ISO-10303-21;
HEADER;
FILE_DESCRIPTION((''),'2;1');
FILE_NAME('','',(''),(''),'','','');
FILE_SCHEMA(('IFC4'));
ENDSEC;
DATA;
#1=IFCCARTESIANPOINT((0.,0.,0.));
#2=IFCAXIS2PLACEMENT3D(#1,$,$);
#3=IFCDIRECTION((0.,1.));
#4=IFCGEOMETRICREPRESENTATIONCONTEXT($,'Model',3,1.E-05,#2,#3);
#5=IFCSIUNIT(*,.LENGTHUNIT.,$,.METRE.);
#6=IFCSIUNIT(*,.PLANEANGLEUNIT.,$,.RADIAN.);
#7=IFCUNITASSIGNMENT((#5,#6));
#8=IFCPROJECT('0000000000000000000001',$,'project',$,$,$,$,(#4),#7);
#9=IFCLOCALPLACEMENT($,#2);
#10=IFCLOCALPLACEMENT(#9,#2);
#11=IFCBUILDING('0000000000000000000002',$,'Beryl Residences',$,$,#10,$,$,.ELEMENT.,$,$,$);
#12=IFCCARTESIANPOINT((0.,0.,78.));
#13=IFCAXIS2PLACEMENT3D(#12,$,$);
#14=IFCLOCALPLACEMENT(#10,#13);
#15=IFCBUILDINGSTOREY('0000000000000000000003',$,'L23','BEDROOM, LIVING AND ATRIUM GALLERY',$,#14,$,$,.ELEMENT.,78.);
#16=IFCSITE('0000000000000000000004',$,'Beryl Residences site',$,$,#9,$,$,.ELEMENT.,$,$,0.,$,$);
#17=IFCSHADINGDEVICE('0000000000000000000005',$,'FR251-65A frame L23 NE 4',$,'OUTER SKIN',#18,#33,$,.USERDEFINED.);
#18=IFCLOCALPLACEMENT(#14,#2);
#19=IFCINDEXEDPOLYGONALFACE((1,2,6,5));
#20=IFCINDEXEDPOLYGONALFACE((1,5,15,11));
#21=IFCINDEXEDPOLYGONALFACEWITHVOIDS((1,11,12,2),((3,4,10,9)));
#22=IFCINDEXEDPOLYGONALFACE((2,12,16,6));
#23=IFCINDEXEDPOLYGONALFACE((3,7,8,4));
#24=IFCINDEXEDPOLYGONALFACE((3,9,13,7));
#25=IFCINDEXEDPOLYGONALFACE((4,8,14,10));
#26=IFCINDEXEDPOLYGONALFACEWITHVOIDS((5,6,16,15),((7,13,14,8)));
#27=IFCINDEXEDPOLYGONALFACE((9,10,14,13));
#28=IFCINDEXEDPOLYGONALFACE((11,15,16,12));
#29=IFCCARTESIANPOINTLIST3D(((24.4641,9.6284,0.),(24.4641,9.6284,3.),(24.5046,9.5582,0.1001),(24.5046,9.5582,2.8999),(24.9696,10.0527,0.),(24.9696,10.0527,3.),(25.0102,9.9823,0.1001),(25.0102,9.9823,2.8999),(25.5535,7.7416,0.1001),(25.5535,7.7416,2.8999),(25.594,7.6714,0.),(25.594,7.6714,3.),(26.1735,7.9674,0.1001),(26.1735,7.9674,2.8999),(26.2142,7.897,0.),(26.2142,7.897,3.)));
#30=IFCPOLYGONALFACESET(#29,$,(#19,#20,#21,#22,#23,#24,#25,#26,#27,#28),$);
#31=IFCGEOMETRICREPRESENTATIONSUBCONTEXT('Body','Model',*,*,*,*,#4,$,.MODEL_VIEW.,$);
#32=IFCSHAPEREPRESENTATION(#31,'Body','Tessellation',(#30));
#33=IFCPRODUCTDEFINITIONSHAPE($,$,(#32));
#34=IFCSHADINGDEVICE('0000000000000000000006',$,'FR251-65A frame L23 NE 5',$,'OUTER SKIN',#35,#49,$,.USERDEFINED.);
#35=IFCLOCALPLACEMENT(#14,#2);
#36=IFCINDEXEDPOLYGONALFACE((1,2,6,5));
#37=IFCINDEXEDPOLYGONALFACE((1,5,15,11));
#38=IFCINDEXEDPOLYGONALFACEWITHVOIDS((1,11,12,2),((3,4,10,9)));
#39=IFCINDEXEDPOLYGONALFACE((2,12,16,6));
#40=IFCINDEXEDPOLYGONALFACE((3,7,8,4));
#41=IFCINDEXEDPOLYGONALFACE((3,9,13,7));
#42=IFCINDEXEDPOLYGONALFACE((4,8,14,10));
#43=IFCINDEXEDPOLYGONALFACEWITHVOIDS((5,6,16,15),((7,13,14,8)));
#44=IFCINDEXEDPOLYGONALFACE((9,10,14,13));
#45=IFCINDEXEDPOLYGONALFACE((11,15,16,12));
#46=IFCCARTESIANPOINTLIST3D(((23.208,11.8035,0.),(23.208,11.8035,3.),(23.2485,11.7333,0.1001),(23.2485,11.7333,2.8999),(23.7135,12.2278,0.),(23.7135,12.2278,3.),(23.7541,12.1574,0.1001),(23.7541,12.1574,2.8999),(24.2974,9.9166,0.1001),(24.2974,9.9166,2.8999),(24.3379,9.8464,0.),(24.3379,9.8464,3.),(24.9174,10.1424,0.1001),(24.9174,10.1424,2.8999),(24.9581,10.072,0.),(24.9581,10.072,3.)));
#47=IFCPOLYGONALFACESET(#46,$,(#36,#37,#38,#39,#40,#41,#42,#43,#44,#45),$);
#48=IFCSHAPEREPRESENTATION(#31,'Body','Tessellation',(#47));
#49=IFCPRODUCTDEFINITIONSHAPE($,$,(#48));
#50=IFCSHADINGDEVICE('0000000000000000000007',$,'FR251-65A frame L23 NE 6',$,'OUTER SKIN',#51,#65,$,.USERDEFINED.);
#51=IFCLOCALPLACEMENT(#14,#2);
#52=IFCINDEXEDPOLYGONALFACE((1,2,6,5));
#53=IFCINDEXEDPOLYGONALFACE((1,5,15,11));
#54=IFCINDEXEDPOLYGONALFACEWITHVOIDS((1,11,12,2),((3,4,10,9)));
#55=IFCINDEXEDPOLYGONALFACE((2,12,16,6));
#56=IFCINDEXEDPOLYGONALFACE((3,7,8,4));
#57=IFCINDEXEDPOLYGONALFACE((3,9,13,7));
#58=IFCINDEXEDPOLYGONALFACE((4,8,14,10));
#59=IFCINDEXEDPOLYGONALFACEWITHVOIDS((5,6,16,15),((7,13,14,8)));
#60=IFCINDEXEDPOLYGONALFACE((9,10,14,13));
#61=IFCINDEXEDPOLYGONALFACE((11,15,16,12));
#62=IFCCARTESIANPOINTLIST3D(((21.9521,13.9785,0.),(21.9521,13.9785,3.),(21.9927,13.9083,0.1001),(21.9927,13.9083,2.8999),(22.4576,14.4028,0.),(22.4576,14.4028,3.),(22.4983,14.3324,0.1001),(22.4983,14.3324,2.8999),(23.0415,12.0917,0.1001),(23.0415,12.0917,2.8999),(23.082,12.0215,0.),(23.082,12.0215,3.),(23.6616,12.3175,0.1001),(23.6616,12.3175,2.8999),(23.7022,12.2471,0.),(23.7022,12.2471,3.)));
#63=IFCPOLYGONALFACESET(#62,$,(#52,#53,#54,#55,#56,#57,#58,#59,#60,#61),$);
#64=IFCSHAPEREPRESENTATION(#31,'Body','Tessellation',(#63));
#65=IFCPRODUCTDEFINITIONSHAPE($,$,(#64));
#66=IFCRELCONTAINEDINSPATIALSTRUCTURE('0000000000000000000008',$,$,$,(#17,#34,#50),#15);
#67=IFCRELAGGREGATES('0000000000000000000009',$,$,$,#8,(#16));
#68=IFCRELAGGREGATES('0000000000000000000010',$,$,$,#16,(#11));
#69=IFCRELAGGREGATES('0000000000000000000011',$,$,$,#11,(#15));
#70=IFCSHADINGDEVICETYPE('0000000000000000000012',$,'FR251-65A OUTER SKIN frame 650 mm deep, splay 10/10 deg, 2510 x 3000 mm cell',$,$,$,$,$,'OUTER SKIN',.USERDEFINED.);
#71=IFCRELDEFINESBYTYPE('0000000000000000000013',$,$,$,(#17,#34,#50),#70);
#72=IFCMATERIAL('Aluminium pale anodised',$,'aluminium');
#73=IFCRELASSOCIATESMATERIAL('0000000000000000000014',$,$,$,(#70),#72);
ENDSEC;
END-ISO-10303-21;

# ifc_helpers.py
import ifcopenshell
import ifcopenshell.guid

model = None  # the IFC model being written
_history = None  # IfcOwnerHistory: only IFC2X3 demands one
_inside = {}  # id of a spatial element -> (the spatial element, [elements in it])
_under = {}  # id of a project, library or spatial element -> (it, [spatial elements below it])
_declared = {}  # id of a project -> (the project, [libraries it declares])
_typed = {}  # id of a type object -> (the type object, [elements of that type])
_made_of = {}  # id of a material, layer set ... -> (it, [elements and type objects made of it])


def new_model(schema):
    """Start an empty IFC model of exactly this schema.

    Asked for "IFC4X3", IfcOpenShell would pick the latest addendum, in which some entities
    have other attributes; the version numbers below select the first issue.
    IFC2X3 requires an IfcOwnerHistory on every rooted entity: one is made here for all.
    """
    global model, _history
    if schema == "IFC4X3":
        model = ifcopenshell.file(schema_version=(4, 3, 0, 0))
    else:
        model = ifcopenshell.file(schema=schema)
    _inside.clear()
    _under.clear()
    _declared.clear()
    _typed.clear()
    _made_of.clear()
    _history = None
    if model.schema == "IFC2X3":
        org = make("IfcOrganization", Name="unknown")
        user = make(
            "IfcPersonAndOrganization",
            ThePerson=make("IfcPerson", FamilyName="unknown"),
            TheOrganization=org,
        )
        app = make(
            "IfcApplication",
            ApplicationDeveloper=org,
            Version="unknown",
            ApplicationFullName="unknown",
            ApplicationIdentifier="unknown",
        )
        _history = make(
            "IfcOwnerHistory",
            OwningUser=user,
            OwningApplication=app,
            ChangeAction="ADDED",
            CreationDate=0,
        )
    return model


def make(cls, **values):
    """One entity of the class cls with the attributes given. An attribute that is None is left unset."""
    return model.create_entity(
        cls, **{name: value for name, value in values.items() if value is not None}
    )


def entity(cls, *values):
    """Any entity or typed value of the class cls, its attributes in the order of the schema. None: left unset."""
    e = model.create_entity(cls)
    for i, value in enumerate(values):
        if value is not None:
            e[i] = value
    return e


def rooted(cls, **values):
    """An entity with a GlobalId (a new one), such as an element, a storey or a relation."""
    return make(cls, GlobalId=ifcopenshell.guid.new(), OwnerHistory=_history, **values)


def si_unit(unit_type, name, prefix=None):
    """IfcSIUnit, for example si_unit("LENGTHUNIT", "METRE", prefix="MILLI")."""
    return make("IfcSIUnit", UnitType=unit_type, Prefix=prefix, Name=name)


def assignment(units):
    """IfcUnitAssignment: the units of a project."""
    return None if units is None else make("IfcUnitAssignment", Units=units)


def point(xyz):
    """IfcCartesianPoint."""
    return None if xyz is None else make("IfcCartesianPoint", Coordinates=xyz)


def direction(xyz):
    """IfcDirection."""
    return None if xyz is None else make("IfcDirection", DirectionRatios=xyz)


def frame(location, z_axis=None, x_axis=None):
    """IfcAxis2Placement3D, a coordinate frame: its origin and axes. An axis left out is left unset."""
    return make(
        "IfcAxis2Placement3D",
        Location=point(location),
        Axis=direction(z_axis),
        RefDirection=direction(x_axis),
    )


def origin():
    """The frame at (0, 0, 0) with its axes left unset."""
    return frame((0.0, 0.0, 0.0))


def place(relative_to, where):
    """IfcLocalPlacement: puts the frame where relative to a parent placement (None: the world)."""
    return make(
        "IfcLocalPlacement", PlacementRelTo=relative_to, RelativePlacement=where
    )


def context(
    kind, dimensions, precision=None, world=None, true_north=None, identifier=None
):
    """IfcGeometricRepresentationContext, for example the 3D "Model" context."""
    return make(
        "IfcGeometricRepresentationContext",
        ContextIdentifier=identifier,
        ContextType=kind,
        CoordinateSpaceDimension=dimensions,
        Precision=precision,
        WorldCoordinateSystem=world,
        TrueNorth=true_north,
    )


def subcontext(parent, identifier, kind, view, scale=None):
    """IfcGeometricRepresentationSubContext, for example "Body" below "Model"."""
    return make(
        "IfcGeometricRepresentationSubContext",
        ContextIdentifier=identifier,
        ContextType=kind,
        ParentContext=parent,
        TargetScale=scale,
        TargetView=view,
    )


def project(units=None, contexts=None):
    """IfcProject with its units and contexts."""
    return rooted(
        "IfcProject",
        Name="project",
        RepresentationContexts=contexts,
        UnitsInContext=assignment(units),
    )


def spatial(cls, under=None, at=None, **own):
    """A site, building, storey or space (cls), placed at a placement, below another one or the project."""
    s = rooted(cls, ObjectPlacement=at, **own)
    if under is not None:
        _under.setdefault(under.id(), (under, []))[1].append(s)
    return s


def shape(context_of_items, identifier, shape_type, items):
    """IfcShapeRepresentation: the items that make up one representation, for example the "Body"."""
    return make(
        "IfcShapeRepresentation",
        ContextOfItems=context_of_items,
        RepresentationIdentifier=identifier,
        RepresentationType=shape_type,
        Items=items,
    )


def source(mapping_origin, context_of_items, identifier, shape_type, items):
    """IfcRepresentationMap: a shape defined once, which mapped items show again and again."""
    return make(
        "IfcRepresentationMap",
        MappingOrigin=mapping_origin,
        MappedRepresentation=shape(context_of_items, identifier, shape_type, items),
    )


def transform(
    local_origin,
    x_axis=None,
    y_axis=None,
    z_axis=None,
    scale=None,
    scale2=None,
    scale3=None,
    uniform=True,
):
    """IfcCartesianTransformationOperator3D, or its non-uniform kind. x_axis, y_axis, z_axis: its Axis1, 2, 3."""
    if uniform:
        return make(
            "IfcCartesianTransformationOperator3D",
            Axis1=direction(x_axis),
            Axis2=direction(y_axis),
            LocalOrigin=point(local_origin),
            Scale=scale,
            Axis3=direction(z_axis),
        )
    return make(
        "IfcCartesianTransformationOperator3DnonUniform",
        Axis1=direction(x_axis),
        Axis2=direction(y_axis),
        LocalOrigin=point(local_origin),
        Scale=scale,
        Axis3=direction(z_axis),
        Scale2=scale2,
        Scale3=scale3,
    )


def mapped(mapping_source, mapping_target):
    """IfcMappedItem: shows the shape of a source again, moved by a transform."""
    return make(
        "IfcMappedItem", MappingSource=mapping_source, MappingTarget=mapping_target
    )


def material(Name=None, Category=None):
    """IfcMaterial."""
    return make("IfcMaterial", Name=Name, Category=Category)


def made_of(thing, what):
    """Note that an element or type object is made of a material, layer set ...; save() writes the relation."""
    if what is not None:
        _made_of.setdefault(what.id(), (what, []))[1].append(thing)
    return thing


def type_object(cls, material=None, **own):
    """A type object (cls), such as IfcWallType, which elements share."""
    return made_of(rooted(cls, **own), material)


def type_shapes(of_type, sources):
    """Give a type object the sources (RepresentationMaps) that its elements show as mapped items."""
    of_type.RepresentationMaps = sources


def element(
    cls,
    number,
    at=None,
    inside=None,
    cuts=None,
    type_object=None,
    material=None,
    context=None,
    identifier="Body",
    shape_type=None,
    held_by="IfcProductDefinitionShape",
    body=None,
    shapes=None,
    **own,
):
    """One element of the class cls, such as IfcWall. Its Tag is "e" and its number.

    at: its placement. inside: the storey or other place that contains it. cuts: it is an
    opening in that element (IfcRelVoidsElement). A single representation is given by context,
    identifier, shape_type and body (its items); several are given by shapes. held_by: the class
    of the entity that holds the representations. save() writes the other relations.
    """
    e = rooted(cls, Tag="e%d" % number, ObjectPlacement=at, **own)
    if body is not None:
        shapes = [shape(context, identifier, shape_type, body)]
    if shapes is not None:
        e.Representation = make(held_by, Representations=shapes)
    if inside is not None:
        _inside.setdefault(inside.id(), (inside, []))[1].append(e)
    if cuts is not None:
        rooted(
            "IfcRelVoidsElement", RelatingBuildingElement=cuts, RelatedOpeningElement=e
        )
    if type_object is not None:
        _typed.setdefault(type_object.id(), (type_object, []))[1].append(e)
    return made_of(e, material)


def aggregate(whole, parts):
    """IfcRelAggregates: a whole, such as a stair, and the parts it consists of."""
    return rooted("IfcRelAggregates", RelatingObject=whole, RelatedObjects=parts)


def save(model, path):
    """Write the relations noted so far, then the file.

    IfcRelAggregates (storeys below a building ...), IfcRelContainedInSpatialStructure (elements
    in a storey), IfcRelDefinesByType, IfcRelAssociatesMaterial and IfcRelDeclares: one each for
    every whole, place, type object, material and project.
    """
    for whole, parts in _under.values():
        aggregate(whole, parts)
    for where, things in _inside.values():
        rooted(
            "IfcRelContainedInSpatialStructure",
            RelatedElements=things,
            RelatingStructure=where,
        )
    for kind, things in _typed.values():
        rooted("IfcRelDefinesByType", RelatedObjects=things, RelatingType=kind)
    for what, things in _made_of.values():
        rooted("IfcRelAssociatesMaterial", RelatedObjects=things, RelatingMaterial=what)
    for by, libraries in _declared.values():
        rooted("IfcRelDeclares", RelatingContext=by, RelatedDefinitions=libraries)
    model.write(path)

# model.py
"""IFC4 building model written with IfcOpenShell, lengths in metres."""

from ifc_helpers import new_model, entity, si_unit, direction, frame, origin, place, context, subcontext, project, spatial, source, transform, mapped, material, type_object, type_shapes, element, save


model = new_model("IFC4")

# Units and contexts
model_context = context("Model", 3, precision=1e-05, world=origin(), true_north=direction((0.0, 1.0)))
body_context = subcontext(model_context, "Body", "Model", "MODEL_VIEW")
ifc_project = project(units=[si_unit("LENGTHUNIT", "METRE"), si_unit("PLANEANGLEUNIT", "RADIAN")], contexts=[model_context])

# Site, building, storey
site_placement = place(None, origin())
site = spatial("IfcSite", under=ifc_project, at=site_placement, Name="Beryl Residences site", CompositionType="ELEMENT", RefElevation=0.0)
building_placement = place(site_placement, origin())
building = spatial("IfcBuilding", under=site, at=building_placement, Name="Beryl Residences", CompositionType="ELEMENT")
storey_placement = place(building_placement, frame((0.0, 0.0, 78.0)))
storey = spatial("IfcBuildingStorey", under=building, at=storey_placement, Name="L23", Description="BEDROOM, LIVING AND ATRIUM GALLERY", CompositionType="ELEMENT", Elevation=78.0)

# Shading devices
ifc_material_1 = material(Name="Aluminium pale anodised", Category="aluminium")
shading_device_type = type_object("IfcShadingDeviceType", Name="FR251-65A OUTER SKIN frame 650 mm deep, splay 10/10 deg, 2510 x 3000 mm cell", ElementType="OUTER SKIN", PredefinedType="USERDEFINED", material=ifc_material_1)
cartesian_point_1 = entity("IfcCartesianPoint", [-1.1299, 0.0])
cartesian_point_2 = entity("IfcCartesianPoint", [-1.0488, 0.1001])
cartesian_point_3 = entity("IfcCartesianPoint", [-1.2446, 0.0])
cartesian_point_4 = entity("IfcCartesianPoint", [-1.1633, 0.1001])
shared_shape = source(origin(), body_context, "Body", "SweptSolid", [
    entity("IfcExtrudedAreaSolidTapered", entity("IfcArbitraryProfileDefWithVoids", "AREA", None, entity("IfcPolyline", [cartesian_point_1, entity("IfcCartesianPoint", [1.1299, 0.0]), entity("IfcCartesianPoint", [1.1299, 3.0]), entity("IfcCartesianPoint", [-1.1299, 3.0]), cartesian_point_1]), [entity("IfcPolyline", [cartesian_point_2, entity("IfcCartesianPoint", [1.0488, 0.1001]), entity("IfcCartesianPoint", [1.0488, 2.8999]), entity("IfcCartesianPoint", [-1.0488, 2.8999]), cartesian_point_2])]), entity("IfcAxis2Placement3D", entity("IfcCartesianPoint", [0.0, 0.0, 0.0]), entity("IfcDirection", [0.0, 1.0, 0.0]), entity("IfcDirection", [-1.0, 0.0, 0.0])), entity("IfcDirection", [0.0, 0.0, 1.0]), 0.6499, entity("IfcArbitraryProfileDefWithVoids", "AREA", None, entity("IfcPolyline", [cartesian_point_3, entity("IfcCartesianPoint", [1.2446, 0.0]), entity("IfcCartesianPoint", [1.2446, 3.0]), entity("IfcCartesianPoint", [-1.2446, 3.0]), cartesian_point_3]), [entity("IfcPolyline", [cartesian_point_4, entity("IfcCartesianPoint", [1.1633, 0.1001]), entity("IfcCartesianPoint", [1.1633, 2.8999]), entity("IfcCartesianPoint", [-1.1633, 2.8999]), cartesian_point_4])])),
])
type_shapes(shading_device_type, [shared_shape])
for number, where, z_axis, x_axis, name in (
    (1, (25.0291, 8.6499, 0.0), (0.0, 0.0, 1.0), (0.5, -0.866025, 0.0), "FR251-65A frame L23 NE 4"),
    (2, (23.7729, 10.825, 0.0), (0.0, 0.0, 1.0), (0.5, -0.866025, 0.0), "FR251-65A frame L23 NE 5"),
    (3, (22.5171, 13.0, 0.0), (0.0, 0.0, 1.0), (0.5, -0.866025, 0.0), "FR251-65A frame L23 NE 6"),
):
    element("IfcShadingDevice", number, at=place(storey_placement, frame(where, z_axis=z_axis, x_axis=x_axis)), inside=storey, type_object=shading_device_type, Name=name, ObjectType="OUTER SKIN", PredefinedType="USERDEFINED", context=body_context, shape_type="MappedRepresentation", body=[
        mapped(shared_shape, transform((0.0, 0.0, 0.0))),
    ])

save(model, "model.ifc")
